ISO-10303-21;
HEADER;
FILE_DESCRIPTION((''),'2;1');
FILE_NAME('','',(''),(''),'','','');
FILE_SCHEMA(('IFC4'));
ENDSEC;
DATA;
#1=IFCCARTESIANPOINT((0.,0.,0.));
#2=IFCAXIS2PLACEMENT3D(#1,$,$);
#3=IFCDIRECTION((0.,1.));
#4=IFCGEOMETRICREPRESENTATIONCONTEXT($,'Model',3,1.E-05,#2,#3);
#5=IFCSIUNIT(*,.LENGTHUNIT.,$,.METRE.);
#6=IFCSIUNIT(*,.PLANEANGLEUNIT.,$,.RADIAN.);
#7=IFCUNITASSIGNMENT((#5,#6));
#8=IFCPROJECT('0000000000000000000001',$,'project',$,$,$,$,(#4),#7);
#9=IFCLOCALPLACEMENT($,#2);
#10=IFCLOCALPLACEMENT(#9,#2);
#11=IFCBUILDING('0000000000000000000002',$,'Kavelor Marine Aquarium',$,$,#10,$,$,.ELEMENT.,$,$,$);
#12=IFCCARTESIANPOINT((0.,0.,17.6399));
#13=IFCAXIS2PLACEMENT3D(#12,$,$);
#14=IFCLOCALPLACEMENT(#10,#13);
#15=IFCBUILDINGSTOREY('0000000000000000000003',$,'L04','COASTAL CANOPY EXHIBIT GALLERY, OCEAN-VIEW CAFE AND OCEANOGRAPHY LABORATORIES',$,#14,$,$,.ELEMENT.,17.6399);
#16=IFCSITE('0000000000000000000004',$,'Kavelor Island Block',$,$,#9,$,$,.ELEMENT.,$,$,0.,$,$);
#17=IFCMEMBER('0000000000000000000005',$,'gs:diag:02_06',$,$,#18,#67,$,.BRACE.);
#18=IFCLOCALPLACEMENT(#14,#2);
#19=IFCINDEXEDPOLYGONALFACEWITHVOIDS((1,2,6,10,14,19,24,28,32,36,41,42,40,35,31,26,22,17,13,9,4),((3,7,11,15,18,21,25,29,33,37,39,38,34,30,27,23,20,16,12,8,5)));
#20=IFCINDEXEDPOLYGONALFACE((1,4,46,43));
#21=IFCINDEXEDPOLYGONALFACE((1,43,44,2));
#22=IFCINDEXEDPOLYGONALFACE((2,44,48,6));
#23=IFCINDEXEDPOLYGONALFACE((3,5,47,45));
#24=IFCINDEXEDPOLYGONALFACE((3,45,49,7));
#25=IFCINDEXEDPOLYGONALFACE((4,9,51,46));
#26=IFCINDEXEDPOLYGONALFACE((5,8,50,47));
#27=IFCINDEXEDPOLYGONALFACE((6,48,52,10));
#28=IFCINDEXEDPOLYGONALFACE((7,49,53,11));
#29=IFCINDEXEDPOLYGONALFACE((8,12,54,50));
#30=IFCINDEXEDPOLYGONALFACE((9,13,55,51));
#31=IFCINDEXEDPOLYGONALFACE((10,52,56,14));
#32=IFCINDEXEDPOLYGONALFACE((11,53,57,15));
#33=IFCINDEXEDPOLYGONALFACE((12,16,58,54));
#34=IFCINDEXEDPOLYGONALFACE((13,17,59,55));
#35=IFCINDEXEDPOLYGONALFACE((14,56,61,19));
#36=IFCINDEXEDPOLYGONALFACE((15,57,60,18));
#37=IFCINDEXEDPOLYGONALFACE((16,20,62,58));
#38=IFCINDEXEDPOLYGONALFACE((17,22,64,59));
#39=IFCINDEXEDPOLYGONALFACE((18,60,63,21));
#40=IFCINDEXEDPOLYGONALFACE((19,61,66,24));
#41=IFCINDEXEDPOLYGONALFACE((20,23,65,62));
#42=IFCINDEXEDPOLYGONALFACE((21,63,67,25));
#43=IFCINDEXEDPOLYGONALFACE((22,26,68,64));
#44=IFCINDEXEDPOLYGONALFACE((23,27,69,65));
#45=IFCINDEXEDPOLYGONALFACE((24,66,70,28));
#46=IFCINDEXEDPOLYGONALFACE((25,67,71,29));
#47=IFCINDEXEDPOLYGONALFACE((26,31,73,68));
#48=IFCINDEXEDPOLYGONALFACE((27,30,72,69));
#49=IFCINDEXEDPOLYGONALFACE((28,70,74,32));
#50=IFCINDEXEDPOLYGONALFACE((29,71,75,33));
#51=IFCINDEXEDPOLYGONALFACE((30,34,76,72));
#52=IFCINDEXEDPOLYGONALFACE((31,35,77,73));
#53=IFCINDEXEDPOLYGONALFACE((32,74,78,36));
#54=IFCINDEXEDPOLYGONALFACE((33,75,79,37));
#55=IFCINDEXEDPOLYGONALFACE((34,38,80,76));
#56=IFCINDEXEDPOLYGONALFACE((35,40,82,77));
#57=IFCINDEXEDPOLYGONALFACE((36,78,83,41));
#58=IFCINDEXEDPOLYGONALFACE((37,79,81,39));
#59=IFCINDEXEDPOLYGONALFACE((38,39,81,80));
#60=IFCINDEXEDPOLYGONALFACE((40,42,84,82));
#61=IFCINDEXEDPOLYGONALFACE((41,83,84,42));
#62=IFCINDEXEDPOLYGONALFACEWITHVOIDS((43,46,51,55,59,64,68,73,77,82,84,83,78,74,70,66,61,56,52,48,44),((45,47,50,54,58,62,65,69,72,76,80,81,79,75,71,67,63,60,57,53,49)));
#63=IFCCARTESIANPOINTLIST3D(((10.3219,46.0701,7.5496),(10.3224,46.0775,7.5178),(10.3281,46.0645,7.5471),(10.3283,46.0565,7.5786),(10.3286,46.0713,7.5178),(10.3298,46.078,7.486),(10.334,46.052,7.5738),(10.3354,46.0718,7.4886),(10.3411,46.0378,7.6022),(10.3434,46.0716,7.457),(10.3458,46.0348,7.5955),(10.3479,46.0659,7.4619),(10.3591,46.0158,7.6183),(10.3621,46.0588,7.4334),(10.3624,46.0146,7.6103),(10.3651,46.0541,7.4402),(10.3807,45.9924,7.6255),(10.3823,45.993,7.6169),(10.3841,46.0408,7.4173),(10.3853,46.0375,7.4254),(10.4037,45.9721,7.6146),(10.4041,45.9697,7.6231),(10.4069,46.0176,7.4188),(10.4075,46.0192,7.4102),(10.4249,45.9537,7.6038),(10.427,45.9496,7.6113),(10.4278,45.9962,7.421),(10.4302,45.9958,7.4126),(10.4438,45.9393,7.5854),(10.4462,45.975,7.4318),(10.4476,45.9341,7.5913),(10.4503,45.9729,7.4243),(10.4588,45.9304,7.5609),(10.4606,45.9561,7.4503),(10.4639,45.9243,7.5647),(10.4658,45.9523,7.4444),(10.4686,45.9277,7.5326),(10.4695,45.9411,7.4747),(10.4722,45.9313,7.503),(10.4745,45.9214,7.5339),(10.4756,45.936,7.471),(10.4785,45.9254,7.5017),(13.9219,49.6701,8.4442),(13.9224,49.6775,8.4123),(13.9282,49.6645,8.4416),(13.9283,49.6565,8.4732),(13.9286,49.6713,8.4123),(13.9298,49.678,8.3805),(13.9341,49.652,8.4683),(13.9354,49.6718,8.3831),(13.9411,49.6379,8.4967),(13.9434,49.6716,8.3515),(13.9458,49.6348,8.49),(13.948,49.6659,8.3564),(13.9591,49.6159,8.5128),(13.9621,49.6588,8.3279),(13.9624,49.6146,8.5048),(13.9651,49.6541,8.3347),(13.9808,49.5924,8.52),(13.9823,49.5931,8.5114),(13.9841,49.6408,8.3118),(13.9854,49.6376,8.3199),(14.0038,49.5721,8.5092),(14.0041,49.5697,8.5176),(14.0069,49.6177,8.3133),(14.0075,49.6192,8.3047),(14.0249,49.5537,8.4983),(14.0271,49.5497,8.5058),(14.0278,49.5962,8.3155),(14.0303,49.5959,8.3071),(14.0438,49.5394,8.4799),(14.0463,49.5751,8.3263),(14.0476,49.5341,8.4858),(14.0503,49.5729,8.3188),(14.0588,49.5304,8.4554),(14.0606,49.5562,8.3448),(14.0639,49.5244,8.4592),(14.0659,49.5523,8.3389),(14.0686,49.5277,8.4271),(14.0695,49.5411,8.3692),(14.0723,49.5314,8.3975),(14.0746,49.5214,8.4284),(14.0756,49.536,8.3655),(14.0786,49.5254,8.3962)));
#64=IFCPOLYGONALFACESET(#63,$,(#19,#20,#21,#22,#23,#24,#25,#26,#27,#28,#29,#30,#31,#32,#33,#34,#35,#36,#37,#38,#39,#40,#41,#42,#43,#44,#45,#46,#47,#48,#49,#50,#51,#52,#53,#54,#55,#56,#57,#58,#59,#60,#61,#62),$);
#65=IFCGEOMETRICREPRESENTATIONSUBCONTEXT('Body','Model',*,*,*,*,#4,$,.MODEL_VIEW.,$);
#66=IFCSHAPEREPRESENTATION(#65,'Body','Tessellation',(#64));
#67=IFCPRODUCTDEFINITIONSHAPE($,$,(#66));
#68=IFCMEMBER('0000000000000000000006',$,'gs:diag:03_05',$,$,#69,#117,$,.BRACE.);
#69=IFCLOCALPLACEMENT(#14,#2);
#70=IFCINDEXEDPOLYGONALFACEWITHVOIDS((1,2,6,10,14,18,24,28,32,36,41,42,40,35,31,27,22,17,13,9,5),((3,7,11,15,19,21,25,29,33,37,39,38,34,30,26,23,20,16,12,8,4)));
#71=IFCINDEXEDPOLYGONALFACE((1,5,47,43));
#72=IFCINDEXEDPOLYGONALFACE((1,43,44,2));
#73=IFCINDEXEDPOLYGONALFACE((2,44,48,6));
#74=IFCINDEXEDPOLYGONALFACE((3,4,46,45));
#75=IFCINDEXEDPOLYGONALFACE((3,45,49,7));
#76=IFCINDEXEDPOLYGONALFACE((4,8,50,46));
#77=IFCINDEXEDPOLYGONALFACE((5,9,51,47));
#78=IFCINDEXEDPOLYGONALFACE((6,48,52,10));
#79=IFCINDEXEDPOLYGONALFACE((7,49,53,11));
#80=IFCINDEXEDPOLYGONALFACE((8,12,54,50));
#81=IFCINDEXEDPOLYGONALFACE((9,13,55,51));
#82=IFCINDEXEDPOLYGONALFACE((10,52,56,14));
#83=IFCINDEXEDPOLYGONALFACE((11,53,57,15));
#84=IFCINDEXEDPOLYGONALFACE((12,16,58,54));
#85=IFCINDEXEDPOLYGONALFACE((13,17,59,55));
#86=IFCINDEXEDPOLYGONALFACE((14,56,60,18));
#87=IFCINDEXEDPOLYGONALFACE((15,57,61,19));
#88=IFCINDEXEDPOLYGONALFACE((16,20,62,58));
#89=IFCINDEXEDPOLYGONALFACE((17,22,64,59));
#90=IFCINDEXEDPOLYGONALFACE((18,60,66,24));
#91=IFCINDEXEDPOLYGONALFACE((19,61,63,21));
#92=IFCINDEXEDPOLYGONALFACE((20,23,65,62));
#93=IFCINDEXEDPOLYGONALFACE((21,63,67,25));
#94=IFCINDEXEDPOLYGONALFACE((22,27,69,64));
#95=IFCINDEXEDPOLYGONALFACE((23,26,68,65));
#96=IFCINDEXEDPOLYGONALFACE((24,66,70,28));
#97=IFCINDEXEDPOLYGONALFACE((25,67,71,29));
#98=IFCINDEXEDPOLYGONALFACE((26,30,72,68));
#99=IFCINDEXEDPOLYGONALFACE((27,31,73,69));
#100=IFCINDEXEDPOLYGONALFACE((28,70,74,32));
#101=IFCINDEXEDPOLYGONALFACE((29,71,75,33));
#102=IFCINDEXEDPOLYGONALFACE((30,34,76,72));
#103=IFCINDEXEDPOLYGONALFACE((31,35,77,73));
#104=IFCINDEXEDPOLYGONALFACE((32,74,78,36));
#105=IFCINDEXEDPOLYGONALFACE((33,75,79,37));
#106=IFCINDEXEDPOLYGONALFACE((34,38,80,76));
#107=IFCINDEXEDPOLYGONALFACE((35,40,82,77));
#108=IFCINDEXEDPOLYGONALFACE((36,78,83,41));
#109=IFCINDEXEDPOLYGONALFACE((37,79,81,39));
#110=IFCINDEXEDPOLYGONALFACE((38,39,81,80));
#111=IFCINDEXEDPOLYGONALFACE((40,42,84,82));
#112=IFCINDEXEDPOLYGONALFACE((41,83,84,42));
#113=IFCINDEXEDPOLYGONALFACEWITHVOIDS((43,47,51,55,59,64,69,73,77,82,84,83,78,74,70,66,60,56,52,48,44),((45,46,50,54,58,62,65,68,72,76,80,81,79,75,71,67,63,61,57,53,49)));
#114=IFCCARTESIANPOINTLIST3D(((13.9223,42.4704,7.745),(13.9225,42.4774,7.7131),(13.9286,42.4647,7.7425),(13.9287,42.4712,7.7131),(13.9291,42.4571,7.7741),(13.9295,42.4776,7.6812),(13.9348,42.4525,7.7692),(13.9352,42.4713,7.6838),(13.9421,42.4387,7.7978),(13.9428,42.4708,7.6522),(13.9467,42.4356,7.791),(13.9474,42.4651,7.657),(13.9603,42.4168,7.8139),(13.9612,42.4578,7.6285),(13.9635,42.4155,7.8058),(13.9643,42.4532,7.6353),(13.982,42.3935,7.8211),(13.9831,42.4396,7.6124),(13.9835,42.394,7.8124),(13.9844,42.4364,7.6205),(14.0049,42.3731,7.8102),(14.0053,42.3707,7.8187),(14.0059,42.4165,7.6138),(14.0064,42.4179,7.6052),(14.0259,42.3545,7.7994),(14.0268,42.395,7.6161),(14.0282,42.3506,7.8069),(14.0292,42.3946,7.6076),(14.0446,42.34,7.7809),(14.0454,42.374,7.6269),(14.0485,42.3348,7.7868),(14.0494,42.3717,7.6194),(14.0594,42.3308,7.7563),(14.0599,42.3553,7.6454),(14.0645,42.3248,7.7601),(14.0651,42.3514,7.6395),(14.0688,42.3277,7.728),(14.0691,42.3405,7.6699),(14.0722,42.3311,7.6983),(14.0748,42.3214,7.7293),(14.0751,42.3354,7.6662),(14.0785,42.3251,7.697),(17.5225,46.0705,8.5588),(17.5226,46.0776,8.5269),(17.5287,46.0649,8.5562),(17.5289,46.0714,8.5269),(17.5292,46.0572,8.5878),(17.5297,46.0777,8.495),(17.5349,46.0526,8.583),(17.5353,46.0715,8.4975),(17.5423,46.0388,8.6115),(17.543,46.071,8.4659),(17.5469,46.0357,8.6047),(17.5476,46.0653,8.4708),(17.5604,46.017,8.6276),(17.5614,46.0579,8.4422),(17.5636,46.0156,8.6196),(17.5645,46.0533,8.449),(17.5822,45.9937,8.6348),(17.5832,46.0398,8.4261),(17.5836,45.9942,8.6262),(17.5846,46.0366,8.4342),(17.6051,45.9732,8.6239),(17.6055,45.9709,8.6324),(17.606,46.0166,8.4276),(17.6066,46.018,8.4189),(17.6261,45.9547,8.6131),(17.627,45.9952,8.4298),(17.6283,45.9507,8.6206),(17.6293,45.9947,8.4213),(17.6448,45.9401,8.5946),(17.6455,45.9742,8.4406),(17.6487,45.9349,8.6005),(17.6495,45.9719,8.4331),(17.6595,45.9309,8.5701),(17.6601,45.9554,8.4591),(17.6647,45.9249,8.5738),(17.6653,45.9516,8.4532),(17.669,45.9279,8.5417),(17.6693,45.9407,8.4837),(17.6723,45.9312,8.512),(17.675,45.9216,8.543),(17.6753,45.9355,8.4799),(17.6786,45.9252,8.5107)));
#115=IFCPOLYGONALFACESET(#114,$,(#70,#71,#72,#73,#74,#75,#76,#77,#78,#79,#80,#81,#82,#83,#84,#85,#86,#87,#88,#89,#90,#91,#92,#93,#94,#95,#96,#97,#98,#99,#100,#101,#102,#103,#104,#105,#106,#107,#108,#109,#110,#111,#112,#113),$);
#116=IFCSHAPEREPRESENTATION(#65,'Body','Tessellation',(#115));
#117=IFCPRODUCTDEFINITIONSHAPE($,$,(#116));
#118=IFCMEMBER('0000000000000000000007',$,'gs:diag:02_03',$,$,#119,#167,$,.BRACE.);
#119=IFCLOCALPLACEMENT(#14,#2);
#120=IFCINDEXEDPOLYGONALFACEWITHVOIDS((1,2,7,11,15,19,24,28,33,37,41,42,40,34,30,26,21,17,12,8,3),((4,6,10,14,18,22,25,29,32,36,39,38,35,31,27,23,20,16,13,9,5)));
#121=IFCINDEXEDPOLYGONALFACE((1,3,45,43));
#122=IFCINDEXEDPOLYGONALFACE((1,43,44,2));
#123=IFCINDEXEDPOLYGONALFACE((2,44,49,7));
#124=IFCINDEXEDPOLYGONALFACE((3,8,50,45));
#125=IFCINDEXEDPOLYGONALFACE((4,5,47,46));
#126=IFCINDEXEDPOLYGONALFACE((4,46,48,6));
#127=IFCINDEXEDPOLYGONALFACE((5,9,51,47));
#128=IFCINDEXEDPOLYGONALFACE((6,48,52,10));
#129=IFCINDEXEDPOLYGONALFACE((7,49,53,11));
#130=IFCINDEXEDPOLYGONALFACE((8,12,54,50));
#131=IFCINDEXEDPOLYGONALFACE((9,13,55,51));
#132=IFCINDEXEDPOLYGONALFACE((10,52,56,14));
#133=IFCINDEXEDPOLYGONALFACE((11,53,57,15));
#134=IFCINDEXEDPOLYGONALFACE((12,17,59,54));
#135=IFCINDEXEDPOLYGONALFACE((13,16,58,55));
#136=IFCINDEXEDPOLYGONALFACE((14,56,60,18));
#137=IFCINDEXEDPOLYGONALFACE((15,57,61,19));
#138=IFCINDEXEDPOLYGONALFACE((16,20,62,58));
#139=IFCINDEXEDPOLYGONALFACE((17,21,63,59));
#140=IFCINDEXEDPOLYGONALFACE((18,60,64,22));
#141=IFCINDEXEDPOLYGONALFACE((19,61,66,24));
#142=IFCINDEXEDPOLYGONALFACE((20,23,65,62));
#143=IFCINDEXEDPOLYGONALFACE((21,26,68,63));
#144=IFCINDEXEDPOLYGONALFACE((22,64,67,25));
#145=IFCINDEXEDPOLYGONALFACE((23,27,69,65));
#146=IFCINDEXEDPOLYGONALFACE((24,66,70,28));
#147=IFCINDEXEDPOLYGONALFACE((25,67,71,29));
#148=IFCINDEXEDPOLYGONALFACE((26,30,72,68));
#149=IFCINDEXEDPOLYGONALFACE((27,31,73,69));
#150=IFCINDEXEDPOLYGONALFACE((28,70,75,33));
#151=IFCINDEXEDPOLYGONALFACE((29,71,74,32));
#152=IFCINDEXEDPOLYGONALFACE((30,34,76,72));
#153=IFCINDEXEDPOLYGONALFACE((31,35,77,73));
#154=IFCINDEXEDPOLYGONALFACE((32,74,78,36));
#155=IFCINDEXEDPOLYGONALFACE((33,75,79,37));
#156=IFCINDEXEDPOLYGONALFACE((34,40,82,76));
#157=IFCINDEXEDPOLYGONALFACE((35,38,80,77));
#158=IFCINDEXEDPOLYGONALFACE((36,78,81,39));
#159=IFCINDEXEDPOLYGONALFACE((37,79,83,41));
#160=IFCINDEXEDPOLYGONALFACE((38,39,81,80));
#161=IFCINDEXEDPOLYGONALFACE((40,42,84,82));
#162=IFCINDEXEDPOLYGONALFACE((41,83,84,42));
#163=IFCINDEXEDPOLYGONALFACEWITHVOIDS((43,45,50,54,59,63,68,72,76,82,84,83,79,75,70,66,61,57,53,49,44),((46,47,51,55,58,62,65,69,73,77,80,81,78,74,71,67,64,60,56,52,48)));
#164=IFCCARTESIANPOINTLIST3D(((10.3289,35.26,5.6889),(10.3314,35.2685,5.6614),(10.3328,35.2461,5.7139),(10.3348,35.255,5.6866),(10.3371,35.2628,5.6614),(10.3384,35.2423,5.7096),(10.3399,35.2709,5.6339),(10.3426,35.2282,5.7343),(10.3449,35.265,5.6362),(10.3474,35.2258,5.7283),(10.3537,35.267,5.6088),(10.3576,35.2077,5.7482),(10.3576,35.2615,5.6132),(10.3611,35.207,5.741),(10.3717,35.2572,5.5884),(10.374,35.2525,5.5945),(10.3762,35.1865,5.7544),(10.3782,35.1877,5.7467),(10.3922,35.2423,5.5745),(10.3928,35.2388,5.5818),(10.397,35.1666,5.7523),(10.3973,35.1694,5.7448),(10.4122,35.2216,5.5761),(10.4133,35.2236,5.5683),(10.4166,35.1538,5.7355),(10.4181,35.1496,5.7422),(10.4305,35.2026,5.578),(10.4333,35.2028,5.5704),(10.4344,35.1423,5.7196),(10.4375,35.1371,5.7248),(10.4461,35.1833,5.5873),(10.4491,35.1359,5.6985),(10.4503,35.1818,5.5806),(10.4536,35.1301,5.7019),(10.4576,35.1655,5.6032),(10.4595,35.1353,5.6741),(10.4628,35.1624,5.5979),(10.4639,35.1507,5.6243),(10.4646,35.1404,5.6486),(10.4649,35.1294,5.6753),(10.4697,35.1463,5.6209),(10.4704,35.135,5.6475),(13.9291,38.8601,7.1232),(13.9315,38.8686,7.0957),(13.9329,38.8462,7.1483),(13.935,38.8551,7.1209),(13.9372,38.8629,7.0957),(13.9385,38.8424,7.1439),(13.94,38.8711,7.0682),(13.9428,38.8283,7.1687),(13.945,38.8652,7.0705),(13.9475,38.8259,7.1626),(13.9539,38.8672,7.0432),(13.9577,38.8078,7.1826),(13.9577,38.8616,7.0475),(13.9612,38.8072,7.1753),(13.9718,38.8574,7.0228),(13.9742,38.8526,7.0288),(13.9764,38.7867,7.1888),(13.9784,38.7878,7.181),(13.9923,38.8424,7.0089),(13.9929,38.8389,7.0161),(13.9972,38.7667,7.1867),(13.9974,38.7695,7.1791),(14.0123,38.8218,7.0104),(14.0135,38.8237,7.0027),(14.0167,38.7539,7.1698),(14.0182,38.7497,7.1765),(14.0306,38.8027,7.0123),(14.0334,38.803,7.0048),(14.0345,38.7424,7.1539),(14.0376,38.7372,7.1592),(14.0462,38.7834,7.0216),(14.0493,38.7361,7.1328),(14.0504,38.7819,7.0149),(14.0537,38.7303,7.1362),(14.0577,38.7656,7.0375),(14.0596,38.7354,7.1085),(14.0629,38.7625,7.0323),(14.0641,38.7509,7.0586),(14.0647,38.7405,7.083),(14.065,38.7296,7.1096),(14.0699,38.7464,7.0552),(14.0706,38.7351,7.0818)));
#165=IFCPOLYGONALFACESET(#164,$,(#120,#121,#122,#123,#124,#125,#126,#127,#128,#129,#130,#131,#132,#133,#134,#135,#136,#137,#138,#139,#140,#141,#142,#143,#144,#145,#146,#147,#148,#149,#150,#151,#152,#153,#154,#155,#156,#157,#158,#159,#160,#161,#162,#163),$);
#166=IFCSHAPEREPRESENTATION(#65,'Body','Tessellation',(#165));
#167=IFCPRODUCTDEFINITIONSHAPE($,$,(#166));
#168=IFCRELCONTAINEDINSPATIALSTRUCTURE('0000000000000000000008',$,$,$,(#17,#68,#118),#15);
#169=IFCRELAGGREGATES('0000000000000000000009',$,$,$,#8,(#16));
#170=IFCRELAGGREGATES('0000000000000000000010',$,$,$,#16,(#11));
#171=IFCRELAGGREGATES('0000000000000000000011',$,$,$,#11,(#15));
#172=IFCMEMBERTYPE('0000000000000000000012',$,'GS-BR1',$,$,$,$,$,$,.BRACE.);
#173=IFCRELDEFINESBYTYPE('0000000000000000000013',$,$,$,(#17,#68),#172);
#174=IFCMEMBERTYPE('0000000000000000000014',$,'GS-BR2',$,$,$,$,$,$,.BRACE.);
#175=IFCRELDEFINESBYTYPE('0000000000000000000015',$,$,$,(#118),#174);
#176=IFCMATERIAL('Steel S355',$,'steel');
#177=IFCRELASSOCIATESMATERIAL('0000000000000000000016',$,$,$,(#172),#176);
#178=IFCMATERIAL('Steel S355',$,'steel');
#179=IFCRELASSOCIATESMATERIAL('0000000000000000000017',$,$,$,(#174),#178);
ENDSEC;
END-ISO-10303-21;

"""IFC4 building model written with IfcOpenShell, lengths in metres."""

from ifc_helpers import new_model, si_unit, direction, frame, origin, origin_2d, place, context, subcontext, project, spatial, hollow_circle, extrude, material, material_profile, profile_set, type_object, element, save


model = new_model("IFC4")

# Units and contexts
model_context = context("Model", 3, precision=1e-05, world=origin(), true_north=direction((0.0, 1.0)))
body_context = subcontext(model_context, "Body", "Model", "MODEL_VIEW")
ifc_project = project(units=[si_unit("LENGTHUNIT", "METRE"), si_unit("PLANEANGLEUNIT", "RADIAN")], contexts=[model_context])

# Site, building, storey
site_placement = place(None, origin())
site = spatial("IfcSite", under=ifc_project, at=site_placement, Name="Kavelor Island Block", CompositionType="ELEMENT", RefElevation=0.0)
building_placement = place(site_placement, origin())
building = spatial("IfcBuilding", under=site, at=building_placement, Name="Kavelor Marine Aquarium", CompositionType="ELEMENT")
storey_placement = place(building_placement, frame((0.0, 0.0, 17.6399)))
storey = spatial("IfcBuildingStorey", under=building, at=storey_placement, Name="L04", Description="COASTAL CANOPY EXHIBIT GALLERY, OCEAN-VIEW CAFE AND OCEANOGRAPHY LABORATORIES", CompositionType="ELEMENT", Elevation=17.6399)

# Members
ifc_material_1 = material(Name="Steel S355", Category="steel")
ifc_material_profile_1 = material_profile(ifc_material_1, hollow_circle(Radius=0.1096, WallThickness=0.0088, at=origin_2d()), Name="CHS 219.1x8.8")
ifc_profile_set_1 = profile_set([ifc_material_profile_1], Name="Steel S355")
member_type_1 = type_object("IfcMemberType", Name="GS-BR1", PredefinedType="BRACE", material=ifc_profile_set_1)
member_1_placement = place(storey_placement, frame((10.3999, 46.0, 7.5178), z_axis=(0.696439, 0.696439, 0.173047), x_axis=(-0.707107, 0.707107, 0.0)))
element("IfcMember", 1, at=member_1_placement, inside=storey, type_object=member_type_1, Name="gs:diag:02_06", PredefinedType="BRACE", context=body_context, shape_type="SweptSolid", body=[
    extrude(hollow_circle(Radius=0.1096, WallThickness=0.0088, at=origin_2d()), origin(), (0.0, 0.0, 1.0), 5.1692),
])
member_2_placement = place(storey_placement, frame((14.0, 42.3999, 7.7131), z_axis=(0.698245, 0.698245, 0.157822), x_axis=(-0.707107, 0.707107, 0.0)))
element("IfcMember", 2, at=member_2_placement, inside=storey, type_object=member_type_1, Name="gs:diag:03_05", PredefinedType="BRACE", context=body_context, shape_type="SweptSolid", body=[
    extrude(hollow_circle(Radius=0.1096, WallThickness=0.0088, at=origin_2d()), origin(), (0.0, 0.0, 1.0), 5.156),
])
ifc_material_2 = material(Name="Steel S355", Category="steel")
ifc_material_profile_2 = material_profile(ifc_material_2, hollow_circle(Radius=0.0969, WallThickness=0.0081, at=origin_2d()), Name="CHS 193.7x8.0")
ifc_profile_set_2 = profile_set([ifc_material_profile_2], Name="Steel S355")
member_type_2 = type_object("IfcMemberType", Name="GS-BR2", PredefinedType="BRACE", material=ifc_profile_set_2)
member_3_placement = place(storey_placement, frame((10.3999, 35.2, 5.6614), z_axis=(0.680613, 0.680613, 0.271165), x_axis=(-0.707107, 0.707107, 0.0)))
element("IfcMember", 3, at=member_3_placement, inside=storey, type_object=member_type_2, Name="gs:diag:02_03", PredefinedType="BRACE", context=body_context, shape_type="SweptSolid", body=[
    extrude(hollow_circle(Radius=0.0969, WallThickness=0.0081, at=origin_2d()), origin(), (0.0, 0.0, 1.0), 5.2896),
])

save(model, "model.ifc")
